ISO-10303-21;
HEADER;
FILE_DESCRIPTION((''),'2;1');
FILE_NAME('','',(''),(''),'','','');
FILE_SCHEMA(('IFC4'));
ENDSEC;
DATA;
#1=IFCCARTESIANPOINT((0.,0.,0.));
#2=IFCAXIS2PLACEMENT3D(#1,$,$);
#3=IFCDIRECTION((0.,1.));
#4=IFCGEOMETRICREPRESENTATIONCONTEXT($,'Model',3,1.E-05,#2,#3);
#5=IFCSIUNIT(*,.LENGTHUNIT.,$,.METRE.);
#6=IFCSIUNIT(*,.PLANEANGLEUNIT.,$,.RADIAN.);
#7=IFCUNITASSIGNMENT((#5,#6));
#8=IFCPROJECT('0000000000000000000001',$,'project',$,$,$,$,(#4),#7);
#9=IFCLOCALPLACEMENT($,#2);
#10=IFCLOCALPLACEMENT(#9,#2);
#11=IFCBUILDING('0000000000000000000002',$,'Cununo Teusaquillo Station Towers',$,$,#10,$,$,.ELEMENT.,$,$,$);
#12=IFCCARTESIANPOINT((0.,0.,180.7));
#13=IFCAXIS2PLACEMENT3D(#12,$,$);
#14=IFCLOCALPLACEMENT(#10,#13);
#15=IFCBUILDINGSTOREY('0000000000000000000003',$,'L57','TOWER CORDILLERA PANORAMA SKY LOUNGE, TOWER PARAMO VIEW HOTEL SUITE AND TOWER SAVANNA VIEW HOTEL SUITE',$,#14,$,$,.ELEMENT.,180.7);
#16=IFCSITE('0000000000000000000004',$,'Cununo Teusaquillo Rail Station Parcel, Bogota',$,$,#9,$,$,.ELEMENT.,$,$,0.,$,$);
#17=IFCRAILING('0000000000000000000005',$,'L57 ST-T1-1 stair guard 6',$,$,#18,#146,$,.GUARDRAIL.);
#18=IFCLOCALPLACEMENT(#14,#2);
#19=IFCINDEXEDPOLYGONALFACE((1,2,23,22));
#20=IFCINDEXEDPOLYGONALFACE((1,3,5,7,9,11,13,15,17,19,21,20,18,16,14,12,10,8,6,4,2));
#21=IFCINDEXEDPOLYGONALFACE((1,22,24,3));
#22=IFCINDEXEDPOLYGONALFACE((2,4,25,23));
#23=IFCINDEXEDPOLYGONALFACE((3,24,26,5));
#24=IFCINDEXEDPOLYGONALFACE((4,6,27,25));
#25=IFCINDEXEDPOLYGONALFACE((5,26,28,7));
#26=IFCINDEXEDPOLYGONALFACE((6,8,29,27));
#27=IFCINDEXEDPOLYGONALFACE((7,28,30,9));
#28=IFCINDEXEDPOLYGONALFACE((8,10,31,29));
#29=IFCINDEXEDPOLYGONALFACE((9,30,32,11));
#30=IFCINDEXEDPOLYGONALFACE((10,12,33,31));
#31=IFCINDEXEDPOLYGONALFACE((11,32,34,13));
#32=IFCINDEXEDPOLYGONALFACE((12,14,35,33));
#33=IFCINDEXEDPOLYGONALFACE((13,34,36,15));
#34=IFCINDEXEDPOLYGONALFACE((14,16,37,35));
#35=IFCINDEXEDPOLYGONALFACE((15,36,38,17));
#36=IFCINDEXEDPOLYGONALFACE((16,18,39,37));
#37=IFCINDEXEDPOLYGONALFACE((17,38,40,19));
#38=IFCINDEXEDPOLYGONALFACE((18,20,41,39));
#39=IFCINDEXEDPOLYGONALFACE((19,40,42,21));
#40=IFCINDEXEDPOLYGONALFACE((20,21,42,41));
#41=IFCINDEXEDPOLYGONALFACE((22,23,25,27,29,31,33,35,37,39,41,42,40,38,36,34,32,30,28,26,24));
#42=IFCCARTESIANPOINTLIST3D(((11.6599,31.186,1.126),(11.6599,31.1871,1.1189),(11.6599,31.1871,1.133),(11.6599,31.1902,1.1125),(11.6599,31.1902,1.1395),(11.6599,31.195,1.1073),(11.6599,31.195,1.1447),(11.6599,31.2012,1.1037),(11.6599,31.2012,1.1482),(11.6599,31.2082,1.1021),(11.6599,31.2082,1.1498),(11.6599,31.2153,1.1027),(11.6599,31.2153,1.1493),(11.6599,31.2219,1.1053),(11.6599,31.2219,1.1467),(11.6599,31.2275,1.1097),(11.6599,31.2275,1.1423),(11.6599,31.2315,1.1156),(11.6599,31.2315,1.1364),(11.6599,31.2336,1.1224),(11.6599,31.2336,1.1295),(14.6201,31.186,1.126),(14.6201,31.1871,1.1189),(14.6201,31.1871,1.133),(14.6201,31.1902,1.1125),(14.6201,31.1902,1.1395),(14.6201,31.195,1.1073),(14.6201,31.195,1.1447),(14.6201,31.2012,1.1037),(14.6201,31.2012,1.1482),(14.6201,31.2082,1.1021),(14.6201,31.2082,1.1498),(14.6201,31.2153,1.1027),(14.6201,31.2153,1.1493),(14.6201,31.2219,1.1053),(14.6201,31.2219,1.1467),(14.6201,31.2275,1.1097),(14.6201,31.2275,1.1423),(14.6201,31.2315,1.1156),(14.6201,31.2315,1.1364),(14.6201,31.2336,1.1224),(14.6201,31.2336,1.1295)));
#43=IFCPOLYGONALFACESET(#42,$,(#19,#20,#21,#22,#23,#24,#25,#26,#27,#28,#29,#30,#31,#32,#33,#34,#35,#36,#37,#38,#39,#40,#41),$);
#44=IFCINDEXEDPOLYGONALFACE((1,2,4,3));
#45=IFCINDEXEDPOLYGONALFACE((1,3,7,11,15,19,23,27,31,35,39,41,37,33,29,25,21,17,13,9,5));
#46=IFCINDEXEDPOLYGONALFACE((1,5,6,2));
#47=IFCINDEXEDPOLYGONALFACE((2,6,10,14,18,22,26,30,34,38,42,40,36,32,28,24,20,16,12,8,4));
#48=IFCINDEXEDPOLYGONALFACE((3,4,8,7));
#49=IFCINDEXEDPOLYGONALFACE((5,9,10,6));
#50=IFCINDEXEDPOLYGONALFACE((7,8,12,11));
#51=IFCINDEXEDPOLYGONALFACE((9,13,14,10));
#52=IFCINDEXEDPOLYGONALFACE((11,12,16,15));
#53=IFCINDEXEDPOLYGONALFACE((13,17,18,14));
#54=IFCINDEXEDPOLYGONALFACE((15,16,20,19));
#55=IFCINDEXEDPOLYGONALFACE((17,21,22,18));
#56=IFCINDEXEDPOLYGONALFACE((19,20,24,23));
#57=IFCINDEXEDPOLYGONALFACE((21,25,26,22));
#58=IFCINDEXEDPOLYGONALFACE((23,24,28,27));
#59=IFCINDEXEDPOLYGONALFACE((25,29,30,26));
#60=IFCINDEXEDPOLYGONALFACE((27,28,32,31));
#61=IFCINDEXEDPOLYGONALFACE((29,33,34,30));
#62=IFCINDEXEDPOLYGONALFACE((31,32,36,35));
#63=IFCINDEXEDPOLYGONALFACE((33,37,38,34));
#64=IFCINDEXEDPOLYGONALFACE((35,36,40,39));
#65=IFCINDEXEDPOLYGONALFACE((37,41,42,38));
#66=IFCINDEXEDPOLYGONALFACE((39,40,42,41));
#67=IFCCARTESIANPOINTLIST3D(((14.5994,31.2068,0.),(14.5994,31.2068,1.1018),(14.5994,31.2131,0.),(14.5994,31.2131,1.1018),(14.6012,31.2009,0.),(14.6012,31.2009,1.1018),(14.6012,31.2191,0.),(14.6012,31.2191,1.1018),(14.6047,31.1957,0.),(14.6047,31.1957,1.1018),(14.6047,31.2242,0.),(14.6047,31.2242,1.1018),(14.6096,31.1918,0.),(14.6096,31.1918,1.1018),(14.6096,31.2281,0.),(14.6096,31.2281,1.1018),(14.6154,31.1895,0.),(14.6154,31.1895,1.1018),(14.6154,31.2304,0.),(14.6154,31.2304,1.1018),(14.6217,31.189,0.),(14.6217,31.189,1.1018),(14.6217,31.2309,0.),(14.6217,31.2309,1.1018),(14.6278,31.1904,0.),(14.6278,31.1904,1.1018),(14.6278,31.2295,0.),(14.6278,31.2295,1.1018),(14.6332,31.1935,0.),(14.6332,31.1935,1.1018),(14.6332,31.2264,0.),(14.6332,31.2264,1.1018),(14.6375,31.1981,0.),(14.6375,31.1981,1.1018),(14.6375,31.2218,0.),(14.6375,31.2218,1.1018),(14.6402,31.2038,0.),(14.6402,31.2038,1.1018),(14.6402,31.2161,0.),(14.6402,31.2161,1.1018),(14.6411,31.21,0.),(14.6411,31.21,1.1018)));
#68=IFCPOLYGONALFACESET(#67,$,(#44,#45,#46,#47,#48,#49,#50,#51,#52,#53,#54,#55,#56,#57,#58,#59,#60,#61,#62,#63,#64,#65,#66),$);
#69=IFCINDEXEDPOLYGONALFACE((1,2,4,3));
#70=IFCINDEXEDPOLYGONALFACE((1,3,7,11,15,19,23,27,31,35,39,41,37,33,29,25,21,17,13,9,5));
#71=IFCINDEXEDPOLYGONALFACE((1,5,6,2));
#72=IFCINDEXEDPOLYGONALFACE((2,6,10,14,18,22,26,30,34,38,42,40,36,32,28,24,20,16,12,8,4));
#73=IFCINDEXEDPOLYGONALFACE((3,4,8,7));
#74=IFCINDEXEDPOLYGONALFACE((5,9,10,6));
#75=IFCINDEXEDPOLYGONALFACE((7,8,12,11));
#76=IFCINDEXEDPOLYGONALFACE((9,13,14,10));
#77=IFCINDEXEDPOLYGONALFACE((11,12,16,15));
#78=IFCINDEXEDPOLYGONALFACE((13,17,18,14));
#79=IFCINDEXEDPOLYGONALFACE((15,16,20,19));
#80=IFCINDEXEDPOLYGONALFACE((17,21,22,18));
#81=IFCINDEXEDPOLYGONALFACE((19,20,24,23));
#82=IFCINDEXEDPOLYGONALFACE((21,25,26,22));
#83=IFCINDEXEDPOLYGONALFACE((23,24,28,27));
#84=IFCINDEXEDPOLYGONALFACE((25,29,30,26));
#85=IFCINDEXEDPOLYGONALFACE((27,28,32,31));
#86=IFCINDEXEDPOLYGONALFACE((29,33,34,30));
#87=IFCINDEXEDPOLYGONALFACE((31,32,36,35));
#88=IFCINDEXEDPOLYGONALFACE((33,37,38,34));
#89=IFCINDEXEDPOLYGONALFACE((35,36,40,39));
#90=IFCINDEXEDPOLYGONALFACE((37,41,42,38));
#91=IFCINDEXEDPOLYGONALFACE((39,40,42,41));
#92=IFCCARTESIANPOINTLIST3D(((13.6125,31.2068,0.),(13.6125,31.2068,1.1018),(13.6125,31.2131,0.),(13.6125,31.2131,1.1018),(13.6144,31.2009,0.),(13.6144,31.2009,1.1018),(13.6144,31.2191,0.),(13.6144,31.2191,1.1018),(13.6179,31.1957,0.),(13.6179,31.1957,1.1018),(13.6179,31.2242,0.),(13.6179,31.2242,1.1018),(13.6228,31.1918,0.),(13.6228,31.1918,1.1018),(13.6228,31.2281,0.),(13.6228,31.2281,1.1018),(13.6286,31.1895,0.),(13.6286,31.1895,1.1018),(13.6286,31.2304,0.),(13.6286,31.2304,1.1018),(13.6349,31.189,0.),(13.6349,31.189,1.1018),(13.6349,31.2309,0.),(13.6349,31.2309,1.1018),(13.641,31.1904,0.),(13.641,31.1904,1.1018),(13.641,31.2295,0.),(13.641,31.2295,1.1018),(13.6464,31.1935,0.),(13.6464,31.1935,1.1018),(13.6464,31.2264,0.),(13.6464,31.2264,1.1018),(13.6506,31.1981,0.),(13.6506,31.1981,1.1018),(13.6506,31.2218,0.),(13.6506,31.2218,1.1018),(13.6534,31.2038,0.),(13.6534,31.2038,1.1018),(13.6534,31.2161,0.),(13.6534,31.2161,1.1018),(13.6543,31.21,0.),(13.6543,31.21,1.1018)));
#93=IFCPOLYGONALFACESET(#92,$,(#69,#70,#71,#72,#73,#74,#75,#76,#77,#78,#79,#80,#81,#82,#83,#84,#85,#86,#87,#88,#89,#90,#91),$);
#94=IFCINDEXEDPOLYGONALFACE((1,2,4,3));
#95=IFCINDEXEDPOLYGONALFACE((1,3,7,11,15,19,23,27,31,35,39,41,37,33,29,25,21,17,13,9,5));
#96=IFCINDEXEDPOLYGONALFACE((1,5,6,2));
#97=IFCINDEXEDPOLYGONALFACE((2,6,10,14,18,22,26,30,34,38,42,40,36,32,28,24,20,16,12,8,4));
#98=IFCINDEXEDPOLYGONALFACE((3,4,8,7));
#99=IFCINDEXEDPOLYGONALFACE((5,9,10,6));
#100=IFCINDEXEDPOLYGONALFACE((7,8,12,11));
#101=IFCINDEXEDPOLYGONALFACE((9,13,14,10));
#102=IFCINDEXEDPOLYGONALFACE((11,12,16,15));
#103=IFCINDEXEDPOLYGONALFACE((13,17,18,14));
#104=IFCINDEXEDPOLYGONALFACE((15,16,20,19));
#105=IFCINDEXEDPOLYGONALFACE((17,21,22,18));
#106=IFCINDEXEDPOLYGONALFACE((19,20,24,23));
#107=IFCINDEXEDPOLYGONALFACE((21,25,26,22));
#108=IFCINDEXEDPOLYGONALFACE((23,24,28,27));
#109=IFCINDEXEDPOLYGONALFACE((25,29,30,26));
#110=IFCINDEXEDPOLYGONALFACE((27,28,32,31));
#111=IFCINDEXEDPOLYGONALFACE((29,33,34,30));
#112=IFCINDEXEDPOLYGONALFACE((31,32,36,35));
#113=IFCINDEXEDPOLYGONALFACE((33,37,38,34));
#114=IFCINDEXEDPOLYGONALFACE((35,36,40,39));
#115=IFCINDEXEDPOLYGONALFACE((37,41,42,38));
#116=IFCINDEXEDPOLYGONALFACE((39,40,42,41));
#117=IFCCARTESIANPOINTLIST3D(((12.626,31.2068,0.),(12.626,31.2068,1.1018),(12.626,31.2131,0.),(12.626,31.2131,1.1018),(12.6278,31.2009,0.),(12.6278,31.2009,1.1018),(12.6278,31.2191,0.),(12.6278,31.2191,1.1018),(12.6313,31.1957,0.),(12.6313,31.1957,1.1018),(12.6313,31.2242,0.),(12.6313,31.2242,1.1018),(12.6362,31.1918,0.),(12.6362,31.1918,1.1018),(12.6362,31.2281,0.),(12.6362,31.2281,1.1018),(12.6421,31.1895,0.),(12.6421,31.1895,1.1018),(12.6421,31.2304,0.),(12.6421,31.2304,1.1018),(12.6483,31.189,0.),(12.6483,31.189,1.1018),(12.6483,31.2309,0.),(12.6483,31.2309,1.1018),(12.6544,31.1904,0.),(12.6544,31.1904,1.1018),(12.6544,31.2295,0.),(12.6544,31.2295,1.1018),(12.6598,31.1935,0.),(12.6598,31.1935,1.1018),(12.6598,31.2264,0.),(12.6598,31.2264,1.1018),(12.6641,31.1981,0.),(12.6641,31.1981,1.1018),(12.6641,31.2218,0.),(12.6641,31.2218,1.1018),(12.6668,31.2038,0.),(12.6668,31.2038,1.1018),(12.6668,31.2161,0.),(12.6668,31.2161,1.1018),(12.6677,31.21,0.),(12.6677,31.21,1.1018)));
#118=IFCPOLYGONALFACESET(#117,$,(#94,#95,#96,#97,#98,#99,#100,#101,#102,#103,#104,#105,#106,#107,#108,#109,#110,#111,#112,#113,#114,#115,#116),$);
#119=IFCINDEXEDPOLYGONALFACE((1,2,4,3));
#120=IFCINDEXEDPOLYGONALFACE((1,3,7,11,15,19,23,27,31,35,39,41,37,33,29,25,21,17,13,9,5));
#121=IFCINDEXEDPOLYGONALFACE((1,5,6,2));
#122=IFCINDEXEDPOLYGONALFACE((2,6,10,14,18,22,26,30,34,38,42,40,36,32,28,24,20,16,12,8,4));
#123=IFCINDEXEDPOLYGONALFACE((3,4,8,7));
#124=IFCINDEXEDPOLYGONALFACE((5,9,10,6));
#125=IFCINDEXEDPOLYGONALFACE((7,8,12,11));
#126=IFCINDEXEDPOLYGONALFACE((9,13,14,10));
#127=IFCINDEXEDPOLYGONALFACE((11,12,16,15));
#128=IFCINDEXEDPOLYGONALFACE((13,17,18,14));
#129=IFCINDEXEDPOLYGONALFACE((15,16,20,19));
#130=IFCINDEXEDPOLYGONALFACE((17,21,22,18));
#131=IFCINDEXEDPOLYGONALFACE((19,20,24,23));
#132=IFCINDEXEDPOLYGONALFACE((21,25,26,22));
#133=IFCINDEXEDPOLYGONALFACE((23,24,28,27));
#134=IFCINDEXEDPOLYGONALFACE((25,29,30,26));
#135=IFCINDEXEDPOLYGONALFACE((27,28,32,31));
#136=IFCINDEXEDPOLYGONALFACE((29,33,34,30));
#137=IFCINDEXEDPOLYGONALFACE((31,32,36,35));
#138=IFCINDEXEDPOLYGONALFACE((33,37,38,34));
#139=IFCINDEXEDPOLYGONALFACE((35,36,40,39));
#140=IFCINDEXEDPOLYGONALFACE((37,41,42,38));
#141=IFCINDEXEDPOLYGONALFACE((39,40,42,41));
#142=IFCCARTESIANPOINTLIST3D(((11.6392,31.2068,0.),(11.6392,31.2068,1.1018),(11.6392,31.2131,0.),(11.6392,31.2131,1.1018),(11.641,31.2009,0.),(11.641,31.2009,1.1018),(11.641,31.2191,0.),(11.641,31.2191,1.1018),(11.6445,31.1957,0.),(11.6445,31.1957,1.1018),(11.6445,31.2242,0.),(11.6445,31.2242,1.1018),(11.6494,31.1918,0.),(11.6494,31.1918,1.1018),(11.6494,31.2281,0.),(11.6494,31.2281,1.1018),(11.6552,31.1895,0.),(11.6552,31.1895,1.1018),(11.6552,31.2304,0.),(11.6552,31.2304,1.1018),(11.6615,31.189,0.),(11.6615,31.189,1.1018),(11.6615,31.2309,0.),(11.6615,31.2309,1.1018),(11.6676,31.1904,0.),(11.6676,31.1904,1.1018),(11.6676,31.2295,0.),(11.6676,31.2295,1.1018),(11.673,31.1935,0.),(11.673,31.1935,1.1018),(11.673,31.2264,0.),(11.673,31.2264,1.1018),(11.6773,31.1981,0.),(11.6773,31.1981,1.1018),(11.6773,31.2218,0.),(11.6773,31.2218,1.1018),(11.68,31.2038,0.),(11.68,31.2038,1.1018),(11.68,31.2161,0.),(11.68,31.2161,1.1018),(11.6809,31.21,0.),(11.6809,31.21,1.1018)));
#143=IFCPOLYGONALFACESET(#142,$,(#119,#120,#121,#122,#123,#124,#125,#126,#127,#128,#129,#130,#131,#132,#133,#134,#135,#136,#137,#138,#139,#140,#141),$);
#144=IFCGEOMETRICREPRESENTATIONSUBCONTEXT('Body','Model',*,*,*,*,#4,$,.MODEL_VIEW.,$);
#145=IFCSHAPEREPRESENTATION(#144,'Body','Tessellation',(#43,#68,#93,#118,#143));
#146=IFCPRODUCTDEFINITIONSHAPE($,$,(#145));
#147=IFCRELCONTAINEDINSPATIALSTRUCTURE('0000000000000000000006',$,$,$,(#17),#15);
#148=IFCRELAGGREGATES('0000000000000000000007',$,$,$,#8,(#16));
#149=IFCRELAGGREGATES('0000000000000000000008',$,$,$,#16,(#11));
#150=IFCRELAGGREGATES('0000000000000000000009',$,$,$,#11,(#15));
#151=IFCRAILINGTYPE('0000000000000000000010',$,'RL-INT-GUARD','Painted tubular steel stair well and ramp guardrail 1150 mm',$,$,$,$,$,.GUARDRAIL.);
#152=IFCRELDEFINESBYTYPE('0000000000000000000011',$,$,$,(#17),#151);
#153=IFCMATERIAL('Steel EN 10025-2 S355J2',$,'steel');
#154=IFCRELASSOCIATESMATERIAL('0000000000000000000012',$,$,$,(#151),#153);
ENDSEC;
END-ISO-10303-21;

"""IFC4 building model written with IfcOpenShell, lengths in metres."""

from ifc_helpers import new_model, si_unit, direction, frame, origin, origin_2d, place, context, subcontext, project, spatial, circle, extrude, material, type_object, element, save


model = new_model("IFC4")

# Units and contexts
model_context = context("Model", 3, precision=1e-05, world=origin(), true_north=direction((0.0, 1.0)))
body_context = subcontext(model_context, "Body", "Model", "MODEL_VIEW")
ifc_project = project(units=[si_unit("LENGTHUNIT", "METRE"), si_unit("PLANEANGLEUNIT", "RADIAN")], contexts=[model_context])

# Site, building, storey
site_placement = place(None, origin())
site = spatial("IfcSite", under=ifc_project, at=site_placement, Name="Cununo Teusaquillo Rail Station Parcel, Bogota", CompositionType="ELEMENT", RefElevation=0.0)
building_placement = place(site_placement, origin())
building = spatial("IfcBuilding", under=site, at=building_placement, Name="Cununo Teusaquillo Station Towers", CompositionType="ELEMENT")
storey_placement = place(building_placement, frame((0.0, 0.0, 180.7)))
storey = spatial("IfcBuildingStorey", under=building, at=storey_placement, Name="L57", Description="TOWER CORDILLERA PANORAMA SKY LOUNGE, TOWER PARAMO VIEW HOTEL SUITE AND TOWER SAVANNA VIEW HOTEL SUITE", CompositionType="ELEMENT", Elevation=180.7)

# Railing
ifc_material_1 = material(Name="Steel EN 10025-2 S355J2", Category="steel")
railing_type = type_object("IfcRailingType", Name="RL-INT-GUARD", Description="Painted tubular steel stair well and ramp guardrail 1150 mm", PredefinedType="GUARDRAIL", material=ifc_material_1)
railing_placement = place(storey_placement, frame((14.6201, 31.21, 0.0)))
element("IfcRailing", 1, at=railing_placement, inside=storey, type_object=railing_type, Name="L57 ST-T1-1 stair guard 6", PredefinedType="GUARDRAIL", context=body_context, shape_type="SweptSolid", body=[
    extrude(circle(Radius=0.0239, at=origin_2d()), frame((0.0, 0.0, 1.126), z_axis=(-1.0, 0.0, 0.0), x_axis=(0.0, -1.0, 0.0)), (0.0, 0.0, 1.0), 2.9602),
    extrude(circle(Radius=0.021, at=origin_2d()), origin(), (0.0, 0.0, 1.0), 1.1018),
    extrude(circle(Radius=0.021, at=origin_2d()), frame((-0.9868, 0.0, 0.0)), (0.0, 0.0, 1.0), 1.1018),
    extrude(circle(Radius=0.021, at=origin_2d()), frame((-1.9734, 0.0, 0.0)), (0.0, 0.0, 1.0), 1.1018),
    extrude(circle(Radius=0.021, at=origin_2d()), frame((-2.9602, 0.0, 0.0)), (0.0, 0.0, 1.0), 1.1018),
])

save(model, "model.ifc")
